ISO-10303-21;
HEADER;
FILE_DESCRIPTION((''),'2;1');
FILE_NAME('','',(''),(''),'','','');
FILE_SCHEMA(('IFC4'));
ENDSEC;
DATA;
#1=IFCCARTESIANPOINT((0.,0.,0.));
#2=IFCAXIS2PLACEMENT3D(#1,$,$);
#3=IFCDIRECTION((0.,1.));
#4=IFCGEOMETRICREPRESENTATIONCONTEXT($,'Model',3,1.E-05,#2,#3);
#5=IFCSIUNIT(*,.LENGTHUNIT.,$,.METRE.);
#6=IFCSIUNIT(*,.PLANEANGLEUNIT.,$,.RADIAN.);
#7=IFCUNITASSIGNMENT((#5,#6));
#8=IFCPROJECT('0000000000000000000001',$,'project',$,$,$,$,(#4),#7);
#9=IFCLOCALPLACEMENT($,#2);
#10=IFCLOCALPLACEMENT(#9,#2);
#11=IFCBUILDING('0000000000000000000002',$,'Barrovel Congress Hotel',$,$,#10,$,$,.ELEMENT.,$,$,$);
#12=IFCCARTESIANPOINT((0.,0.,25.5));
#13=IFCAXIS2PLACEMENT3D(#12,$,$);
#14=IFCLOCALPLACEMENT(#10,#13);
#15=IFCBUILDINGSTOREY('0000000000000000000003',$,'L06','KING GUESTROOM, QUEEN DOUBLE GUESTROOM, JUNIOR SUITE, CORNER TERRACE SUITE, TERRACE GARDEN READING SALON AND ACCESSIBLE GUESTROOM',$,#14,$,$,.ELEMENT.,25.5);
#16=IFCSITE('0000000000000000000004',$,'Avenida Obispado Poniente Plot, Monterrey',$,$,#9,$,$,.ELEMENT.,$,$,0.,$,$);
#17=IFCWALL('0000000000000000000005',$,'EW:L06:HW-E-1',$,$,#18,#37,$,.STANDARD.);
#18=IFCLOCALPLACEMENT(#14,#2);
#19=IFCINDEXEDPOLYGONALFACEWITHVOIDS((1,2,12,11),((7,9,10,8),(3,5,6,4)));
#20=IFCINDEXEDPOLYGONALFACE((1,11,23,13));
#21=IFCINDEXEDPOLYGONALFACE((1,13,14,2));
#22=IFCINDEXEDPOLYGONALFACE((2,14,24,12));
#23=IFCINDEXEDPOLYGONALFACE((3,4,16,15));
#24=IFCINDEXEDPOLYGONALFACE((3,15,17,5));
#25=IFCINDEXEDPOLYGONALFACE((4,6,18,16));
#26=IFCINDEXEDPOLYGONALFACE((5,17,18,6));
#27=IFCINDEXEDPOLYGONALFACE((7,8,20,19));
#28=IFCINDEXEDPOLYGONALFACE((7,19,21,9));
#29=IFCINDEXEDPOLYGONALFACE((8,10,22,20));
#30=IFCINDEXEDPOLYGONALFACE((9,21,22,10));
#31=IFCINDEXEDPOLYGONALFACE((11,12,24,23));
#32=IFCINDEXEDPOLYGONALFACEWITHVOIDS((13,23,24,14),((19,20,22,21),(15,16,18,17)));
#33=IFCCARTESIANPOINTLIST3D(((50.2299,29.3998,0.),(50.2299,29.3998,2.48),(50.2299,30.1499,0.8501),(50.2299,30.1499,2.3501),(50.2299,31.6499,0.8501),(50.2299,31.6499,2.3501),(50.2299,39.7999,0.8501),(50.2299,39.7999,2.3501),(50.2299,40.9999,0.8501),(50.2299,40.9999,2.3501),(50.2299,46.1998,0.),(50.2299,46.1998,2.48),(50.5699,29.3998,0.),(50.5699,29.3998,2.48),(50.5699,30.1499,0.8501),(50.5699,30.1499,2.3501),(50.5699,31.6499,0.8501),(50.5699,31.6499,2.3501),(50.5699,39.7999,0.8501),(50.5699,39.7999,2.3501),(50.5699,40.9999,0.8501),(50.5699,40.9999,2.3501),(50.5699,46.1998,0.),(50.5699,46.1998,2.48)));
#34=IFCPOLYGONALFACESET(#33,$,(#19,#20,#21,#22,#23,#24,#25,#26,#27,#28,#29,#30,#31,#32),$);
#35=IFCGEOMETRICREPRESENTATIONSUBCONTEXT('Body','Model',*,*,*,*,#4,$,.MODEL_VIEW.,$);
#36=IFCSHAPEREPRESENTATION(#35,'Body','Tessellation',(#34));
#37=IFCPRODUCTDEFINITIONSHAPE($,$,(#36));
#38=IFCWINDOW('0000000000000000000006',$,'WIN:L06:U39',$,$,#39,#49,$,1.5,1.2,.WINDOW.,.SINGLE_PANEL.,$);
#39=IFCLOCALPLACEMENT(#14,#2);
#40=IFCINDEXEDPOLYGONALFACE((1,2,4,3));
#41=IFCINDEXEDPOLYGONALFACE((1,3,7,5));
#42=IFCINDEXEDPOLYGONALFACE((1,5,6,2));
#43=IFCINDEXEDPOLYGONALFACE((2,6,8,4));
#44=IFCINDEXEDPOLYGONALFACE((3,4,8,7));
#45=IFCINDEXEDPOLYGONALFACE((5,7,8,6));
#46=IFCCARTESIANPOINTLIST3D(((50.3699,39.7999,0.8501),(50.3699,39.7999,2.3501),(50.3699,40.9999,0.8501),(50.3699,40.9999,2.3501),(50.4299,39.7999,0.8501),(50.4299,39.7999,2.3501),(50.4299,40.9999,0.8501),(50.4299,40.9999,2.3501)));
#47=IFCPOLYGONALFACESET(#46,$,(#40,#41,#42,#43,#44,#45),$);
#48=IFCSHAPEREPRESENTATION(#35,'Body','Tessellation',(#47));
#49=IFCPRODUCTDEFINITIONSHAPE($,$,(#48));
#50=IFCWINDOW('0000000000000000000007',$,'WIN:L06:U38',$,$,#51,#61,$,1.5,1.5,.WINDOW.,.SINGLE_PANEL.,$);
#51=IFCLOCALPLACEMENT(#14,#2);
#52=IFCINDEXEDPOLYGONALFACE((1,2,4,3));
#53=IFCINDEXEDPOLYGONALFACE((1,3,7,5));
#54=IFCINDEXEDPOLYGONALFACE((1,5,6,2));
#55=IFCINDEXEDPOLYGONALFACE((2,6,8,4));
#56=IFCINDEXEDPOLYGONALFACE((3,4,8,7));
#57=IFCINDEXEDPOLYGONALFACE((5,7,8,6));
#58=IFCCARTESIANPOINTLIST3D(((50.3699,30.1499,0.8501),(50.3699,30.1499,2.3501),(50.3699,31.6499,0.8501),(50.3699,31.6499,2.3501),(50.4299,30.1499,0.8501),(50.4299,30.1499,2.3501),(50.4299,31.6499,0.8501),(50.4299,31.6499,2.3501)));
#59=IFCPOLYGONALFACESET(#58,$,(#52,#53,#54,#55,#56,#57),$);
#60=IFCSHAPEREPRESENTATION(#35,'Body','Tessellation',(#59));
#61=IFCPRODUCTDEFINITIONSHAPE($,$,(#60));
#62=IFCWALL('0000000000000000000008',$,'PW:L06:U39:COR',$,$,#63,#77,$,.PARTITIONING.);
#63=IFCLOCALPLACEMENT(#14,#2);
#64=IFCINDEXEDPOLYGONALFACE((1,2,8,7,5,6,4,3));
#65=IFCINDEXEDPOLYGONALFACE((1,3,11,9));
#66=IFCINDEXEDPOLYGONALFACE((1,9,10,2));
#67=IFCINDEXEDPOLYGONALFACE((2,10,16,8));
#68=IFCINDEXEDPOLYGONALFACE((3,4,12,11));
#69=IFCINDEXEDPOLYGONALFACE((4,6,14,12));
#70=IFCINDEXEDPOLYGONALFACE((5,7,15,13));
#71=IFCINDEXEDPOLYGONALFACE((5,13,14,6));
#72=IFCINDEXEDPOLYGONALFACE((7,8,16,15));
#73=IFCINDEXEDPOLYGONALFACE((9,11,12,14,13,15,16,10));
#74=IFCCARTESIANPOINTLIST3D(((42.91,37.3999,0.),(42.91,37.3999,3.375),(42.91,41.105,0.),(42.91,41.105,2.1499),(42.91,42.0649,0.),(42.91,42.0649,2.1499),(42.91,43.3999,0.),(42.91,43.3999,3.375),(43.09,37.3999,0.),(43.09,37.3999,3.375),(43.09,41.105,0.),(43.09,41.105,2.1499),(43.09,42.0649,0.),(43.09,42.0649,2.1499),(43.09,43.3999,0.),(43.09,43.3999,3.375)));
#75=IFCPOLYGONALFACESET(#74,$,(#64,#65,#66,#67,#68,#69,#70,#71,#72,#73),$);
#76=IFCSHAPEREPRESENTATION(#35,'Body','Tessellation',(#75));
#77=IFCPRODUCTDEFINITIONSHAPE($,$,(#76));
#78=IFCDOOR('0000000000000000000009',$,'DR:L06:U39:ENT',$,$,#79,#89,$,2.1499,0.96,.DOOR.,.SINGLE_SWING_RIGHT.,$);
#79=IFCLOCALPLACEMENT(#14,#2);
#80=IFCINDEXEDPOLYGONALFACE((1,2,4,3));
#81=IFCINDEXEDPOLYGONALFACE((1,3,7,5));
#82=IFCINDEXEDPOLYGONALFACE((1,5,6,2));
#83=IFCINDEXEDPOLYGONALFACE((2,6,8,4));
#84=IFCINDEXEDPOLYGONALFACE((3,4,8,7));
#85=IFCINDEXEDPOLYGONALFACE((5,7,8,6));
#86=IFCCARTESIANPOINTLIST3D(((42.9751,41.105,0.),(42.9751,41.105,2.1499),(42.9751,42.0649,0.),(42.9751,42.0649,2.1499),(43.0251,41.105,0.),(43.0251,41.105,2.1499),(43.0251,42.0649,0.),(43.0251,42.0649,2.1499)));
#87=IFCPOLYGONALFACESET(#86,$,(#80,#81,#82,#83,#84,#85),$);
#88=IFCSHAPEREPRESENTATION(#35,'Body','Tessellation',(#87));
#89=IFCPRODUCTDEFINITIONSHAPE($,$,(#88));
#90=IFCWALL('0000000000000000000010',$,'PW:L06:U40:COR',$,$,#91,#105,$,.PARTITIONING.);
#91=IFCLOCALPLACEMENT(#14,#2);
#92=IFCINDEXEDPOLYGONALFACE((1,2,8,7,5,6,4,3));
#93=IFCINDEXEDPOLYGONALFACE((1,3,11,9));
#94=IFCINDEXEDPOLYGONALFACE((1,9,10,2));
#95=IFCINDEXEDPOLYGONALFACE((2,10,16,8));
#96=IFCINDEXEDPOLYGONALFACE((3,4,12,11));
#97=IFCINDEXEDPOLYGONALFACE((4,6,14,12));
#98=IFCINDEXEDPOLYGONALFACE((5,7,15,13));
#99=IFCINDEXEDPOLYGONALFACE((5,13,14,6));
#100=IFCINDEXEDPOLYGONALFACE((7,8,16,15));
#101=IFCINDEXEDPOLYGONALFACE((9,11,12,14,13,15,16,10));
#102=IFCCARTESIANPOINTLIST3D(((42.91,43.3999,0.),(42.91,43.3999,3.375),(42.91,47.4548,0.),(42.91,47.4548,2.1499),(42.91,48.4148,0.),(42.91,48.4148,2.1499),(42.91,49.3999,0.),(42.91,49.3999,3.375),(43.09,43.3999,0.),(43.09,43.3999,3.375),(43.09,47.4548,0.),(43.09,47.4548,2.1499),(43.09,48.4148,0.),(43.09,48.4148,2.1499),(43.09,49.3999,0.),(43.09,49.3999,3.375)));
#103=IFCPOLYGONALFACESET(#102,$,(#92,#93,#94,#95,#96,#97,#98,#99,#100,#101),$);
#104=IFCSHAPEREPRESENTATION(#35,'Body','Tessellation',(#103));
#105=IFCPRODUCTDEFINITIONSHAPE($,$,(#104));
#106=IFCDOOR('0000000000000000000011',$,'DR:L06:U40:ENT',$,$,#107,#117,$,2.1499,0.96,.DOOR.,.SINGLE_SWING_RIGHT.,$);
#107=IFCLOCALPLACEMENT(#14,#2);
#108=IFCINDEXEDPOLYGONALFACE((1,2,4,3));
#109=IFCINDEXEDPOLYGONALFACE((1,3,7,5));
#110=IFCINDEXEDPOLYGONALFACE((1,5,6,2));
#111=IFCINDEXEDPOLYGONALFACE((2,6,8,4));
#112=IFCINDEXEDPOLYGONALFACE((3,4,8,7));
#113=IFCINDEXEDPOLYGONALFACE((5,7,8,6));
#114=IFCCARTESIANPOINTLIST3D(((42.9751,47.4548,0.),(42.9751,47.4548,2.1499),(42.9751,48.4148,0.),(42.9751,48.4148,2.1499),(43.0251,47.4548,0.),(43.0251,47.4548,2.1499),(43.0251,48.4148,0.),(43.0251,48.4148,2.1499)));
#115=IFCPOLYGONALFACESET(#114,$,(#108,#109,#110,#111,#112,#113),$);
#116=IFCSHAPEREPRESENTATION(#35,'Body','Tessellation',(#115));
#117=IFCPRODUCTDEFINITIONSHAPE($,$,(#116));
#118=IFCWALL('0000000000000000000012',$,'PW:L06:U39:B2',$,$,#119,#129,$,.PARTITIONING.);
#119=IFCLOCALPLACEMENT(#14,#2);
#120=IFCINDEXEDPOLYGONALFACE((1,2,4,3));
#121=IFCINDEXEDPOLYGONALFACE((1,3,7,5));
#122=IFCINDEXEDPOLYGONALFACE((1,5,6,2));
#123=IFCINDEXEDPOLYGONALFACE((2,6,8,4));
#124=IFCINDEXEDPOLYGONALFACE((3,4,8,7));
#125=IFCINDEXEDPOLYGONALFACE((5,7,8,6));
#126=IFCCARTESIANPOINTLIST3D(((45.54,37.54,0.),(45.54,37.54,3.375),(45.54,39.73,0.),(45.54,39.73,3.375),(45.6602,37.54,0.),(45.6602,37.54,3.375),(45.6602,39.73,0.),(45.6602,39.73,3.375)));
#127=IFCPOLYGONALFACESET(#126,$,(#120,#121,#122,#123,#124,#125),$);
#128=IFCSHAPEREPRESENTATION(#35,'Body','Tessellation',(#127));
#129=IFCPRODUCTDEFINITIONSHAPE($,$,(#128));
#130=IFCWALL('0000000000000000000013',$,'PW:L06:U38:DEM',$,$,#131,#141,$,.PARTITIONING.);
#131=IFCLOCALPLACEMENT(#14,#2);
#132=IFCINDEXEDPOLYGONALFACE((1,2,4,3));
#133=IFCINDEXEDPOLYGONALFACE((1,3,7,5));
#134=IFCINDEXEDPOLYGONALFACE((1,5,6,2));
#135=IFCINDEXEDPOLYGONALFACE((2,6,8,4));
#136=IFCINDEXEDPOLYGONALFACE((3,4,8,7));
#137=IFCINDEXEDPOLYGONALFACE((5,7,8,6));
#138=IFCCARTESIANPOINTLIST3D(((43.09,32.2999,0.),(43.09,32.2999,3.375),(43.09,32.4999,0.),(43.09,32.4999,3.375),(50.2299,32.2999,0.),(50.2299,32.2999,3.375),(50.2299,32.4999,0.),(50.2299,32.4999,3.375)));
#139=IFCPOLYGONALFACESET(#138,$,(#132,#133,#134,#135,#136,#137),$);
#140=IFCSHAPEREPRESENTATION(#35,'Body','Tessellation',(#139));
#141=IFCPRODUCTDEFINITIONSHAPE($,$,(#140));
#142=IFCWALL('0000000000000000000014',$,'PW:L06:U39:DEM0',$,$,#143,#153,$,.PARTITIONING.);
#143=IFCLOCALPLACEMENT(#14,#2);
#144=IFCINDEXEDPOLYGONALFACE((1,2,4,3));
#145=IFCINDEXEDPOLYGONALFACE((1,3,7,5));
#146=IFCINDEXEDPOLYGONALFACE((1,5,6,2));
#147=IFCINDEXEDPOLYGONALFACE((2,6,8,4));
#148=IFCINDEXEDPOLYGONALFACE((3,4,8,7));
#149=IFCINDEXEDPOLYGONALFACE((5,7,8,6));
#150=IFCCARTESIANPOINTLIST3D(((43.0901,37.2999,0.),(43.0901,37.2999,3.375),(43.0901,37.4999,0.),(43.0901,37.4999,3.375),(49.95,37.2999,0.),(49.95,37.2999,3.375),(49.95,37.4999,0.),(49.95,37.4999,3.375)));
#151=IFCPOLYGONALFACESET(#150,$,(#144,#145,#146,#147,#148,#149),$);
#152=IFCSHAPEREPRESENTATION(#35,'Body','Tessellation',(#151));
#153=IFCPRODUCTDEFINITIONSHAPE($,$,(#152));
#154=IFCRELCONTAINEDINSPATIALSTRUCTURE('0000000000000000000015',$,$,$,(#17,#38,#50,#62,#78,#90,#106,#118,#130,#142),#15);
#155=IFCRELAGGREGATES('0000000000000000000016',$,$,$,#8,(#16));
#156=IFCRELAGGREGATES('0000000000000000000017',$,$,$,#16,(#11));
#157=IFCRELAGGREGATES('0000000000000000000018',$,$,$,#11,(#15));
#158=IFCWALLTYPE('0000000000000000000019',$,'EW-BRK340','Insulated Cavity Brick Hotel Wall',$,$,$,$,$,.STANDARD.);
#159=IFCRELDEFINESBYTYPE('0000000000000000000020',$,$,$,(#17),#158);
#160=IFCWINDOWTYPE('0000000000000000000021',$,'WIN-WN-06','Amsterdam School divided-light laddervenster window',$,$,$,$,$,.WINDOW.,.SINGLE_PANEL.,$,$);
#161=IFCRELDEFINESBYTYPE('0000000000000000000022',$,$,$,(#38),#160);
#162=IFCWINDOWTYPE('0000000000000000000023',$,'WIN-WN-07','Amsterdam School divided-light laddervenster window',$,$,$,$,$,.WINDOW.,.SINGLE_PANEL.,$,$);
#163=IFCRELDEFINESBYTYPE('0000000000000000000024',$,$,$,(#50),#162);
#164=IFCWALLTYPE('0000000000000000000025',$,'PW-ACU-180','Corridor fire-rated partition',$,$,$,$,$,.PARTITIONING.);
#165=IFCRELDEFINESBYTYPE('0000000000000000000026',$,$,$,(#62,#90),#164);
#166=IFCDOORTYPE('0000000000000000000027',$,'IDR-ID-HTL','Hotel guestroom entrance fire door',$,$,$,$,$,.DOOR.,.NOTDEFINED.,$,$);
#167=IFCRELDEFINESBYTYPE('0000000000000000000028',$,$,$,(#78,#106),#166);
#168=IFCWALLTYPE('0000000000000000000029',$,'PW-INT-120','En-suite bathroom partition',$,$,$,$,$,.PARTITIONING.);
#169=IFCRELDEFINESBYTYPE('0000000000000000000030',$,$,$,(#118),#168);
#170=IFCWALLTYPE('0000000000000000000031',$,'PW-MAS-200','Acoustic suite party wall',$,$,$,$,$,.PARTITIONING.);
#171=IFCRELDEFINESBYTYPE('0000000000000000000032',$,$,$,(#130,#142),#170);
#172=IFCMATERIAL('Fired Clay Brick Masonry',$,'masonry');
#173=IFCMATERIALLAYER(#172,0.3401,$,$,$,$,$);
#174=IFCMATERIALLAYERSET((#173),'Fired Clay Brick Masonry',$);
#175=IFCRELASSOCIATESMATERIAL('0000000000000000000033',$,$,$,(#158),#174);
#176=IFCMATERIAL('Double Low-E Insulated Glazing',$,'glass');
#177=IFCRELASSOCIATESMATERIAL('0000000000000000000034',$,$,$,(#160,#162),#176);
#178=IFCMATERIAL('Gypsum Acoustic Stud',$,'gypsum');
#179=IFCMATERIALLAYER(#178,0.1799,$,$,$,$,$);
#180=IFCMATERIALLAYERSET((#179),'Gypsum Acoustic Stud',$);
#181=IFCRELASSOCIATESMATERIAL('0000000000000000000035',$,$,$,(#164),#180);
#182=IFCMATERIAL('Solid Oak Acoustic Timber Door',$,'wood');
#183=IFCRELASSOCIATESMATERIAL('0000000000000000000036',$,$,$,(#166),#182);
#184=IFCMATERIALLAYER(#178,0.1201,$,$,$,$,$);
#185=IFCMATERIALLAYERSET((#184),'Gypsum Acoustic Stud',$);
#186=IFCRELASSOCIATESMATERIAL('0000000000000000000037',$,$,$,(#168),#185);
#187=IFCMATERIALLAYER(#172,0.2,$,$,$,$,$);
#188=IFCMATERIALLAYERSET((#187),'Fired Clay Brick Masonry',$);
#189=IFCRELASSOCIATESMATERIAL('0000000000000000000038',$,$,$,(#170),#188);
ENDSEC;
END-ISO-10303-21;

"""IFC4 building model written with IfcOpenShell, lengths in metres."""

from ifc_helpers import new_model, si_unit, direction, frame, frame_2d, origin, place, context, subcontext, project, spatial, rectangle, extrude, material, layer, layer_set, type_object, element, fill, save


model = new_model("IFC4")

# Units and contexts
model_context = context("Model", 3, precision=1e-05, world=origin(), true_north=direction((0.0, 1.0)))
body_context = subcontext(model_context, "Body", "Model", "MODEL_VIEW")
ifc_project = project(units=[si_unit("LENGTHUNIT", "METRE"), si_unit("PLANEANGLEUNIT", "RADIAN")], contexts=[model_context])

# Site, building, storey
site_placement = place(None, origin())
site = spatial("IfcSite", under=ifc_project, at=site_placement, Name="Avenida Obispado Poniente Plot, Monterrey", CompositionType="ELEMENT", RefElevation=0.0)
building_placement = place(site_placement, origin())
building = spatial("IfcBuilding", under=site, at=building_placement, Name="Barrovel Congress Hotel", CompositionType="ELEMENT")
storey_placement = place(building_placement, frame((0.0, 0.0, 25.5)))
storey = spatial("IfcBuildingStorey", under=building, at=storey_placement, Name="L06", Description="KING GUESTROOM, QUEEN DOUBLE GUESTROOM, JUNIOR SUITE, CORNER TERRACE SUITE, TERRACE GARDEN READING SALON AND ACCESSIBLE GUESTROOM", CompositionType="ELEMENT", Elevation=25.5)

# Wall, openings, windows
ifc_material_1 = material(Name="Fired Clay Brick Masonry", Category="masonry")
ifc_layer_1 = layer(ifc_material_1, 0.3401)
ifc_layer_set_1 = layer_set([ifc_layer_1], Name="Fired Clay Brick Masonry")
wall_type_1 = type_object("IfcWallType", Name="EW-BRK340", Description="Insulated Cavity Brick Hotel Wall", PredefinedType="STANDARD", material=ifc_layer_set_1)
wall_1_placement = place(storey_placement, frame((50.3999, 29.3999, 0.0), z_axis=(0.0, 0.0, 1.0), x_axis=(0.0, 1.0, 0.0)))
wall_1 = element("IfcWall", 1, at=wall_1_placement, inside=storey, type_object=wall_type_1, Name="EW:L06:HW-E-1", PredefinedType="STANDARD", context=body_context, shape_type="SweptSolid", body=[
    extrude(rectangle(XDim=16.8, YDim=0.3401, at=frame_2d((8.3999, 0.0))), origin(), (0.0, 0.0, 1.0), 2.48),
])
opening_1_placement = place(wall_1_placement, frame((0.75, 0.0, 0.8501)))
opening_1 = element("IfcOpeningElement", 2, at=opening_1_placement, cuts=wall_1, PredefinedType="OPENING", context=body_context, shape_type="SweptSolid", body=[
    extrude(rectangle(XDim=1.5, YDim=1.5, at=frame_2d((0.75, 0.75))), frame((0.0, 0.1802, 0.0), z_axis=(0.0, -1.0, 0.0), x_axis=(1.0, 0.0, 0.0)), (0.0, 0.0, 1.0), 0.3601),
])
opening_2_placement = place(wall_1_placement, frame((10.3999, 0.0, 0.8501)))
opening_2 = element("IfcOpeningElement", 3, at=opening_2_placement, cuts=wall_1, PredefinedType="OPENING", context=body_context, shape_type="SweptSolid", body=[
    extrude(rectangle(XDim=1.2, YDim=1.5, at=frame_2d((0.6001, 0.75))), frame((0.0, 0.1802, 0.0), z_axis=(0.0, -1.0, 0.0), x_axis=(1.0, 0.0, 0.0)), (0.0, 0.0, 1.0), 0.3601),
])
ifc_material_2 = material(Name="Double Low-E Insulated Glazing", Category="glass")
window_type_1 = type_object("IfcWindowType", Name="WIN-WN-06", Description="Amsterdam School divided-light laddervenster window", PartitioningType="SINGLE_PANEL", PredefinedType="WINDOW", material=ifc_material_2)
window_1_placement = place(opening_2_placement, origin())
window_1 = element("IfcWindow", 4, at=window_1_placement, inside=storey, type_object=window_type_1, Name="WIN:L06:U39", OverallHeight=1.5, OverallWidth=1.2, PartitioningType="SINGLE_PANEL", PredefinedType="WINDOW", context=body_context, shape_type="SweptSolid", body=[
    extrude(rectangle(XDim=1.2, YDim=1.5, at=frame_2d((0.6001, 0.75))), frame((0.0, 0.03, 0.0), z_axis=(0.0, -1.0, 0.0), x_axis=(1.0, 0.0, 0.0)), (0.0, 0.0, 1.0), 0.0601),
])
fill(opening_2, window_1)
window_type_2 = type_object("IfcWindowType", Name="WIN-WN-07", Description="Amsterdam School divided-light laddervenster window", PartitioningType="SINGLE_PANEL", PredefinedType="WINDOW", material=ifc_material_2)
window_2_placement = place(opening_1_placement, origin())
window_2 = element("IfcWindow", 5, at=window_2_placement, inside=storey, type_object=window_type_2, Name="WIN:L06:U38", OverallHeight=1.5, OverallWidth=1.5, PartitioningType="SINGLE_PANEL", PredefinedType="WINDOW", context=body_context, shape_type="SweptSolid", body=[
    extrude(rectangle(XDim=1.5, YDim=1.5, at=frame_2d((0.75, 0.75))), frame((0.0, 0.03, 0.0), z_axis=(0.0, -1.0, 0.0), x_axis=(1.0, 0.0, 0.0)), (0.0, 0.0, 1.0), 0.0601),
])
fill(opening_1, window_2)

# Walls, openings, doors
ifc_material_3 = material(Name="Gypsum Acoustic Stud", Category="gypsum")
ifc_layer_2 = layer(ifc_material_3, 0.1799)
ifc_layer_set_2 = layer_set([ifc_layer_2], Name="Gypsum Acoustic Stud")
wall_type_2 = type_object("IfcWallType", Name="PW-ACU-180", Description="Corridor fire-rated partition", PredefinedType="PARTITIONING", material=ifc_layer_set_2)
wall_2_placement = place(storey_placement, frame((43.0, 37.3999, 0.0), z_axis=(0.0, 0.0, 1.0), x_axis=(0.0, 1.0, 0.0)))
wall_2 = element("IfcWall", 6, at=wall_2_placement, inside=storey, type_object=wall_type_2, Name="PW:L06:U39:COR", PredefinedType="PARTITIONING", context=body_context, shape_type="SweptSolid", body=[
    extrude(rectangle(XDim=6.0, YDim=0.1799, at=frame_2d((3.0, 0.0))), origin(), (0.0, 0.0, 1.0), 3.375),
])
opening_3_placement = place(wall_2_placement, frame((3.7051, 0.0, 0.0)))
opening_3 = element("IfcOpeningElement", 7, at=opening_3_placement, cuts=wall_2, PredefinedType="OPENING", context=body_context, shape_type="SweptSolid", body=[
    extrude(rectangle(XDim=0.96, YDim=2.1499, at=frame_2d((0.48, 1.075))), frame((0.0, 0.1001, 0.0), z_axis=(0.0, -1.0, 0.0), x_axis=(1.0, 0.0, 0.0)), (0.0, 0.0, 1.0), 0.2),
])
ifc_material_4 = material(Name="Solid Oak Acoustic Timber Door", Category="wood")
door_type_1 = type_object("IfcDoorType", Name="IDR-ID-HTL", Description="Hotel guestroom entrance fire door", OperationType="NOTDEFINED", PredefinedType="DOOR", material=ifc_material_4)
door_1_placement = place(opening_3_placement, origin())
door_1 = element("IfcDoor", 8, at=door_1_placement, inside=storey, type_object=door_type_1, Name="DR:L06:U39:ENT", OperationType="SINGLE_SWING_RIGHT", OverallHeight=2.1499, OverallWidth=0.96, PredefinedType="DOOR", context=body_context, shape_type="SweptSolid", body=[
    extrude(rectangle(XDim=0.96, YDim=2.1499, at=frame_2d((0.48, 1.075))), frame((0.0, 0.0249, 0.0), z_axis=(0.0, -1.0, 0.0), x_axis=(1.0, 0.0, 0.0)), (0.0, 0.0, 1.0), 0.05),
])
fill(opening_3, door_1)
wall_3_placement = place(storey_placement, frame((43.0, 43.3999, 0.0), z_axis=(0.0, 0.0, 1.0), x_axis=(0.0, 1.0, 0.0)))
wall_3 = element("IfcWall", 9, at=wall_3_placement, inside=storey, type_object=wall_type_2, Name="PW:L06:U40:COR", PredefinedType="PARTITIONING", context=body_context, shape_type="SweptSolid", body=[
    extrude(rectangle(XDim=6.0, YDim=0.1799, at=frame_2d((3.0, 0.0))), origin(), (0.0, 0.0, 1.0), 3.375),
])
opening_4_placement = place(wall_3_placement, frame((4.0549, 0.0, 0.0)))
opening_4 = element("IfcOpeningElement", 10, at=opening_4_placement, cuts=wall_3, PredefinedType="OPENING", context=body_context, shape_type="SweptSolid", body=[
    extrude(rectangle(XDim=0.96, YDim=2.1499, at=frame_2d((0.48, 1.075))), frame((0.0, 0.1001, 0.0), z_axis=(0.0, -1.0, 0.0), x_axis=(1.0, 0.0, 0.0)), (0.0, 0.0, 1.0), 0.2),
])
door_2_placement = place(opening_4_placement, origin())
door_2 = element("IfcDoor", 11, at=door_2_placement, inside=storey, type_object=door_type_1, Name="DR:L06:U40:ENT", OperationType="SINGLE_SWING_RIGHT", OverallHeight=2.1499, OverallWidth=0.96, PredefinedType="DOOR", context=body_context, shape_type="SweptSolid", body=[
    extrude(rectangle(XDim=0.96, YDim=2.1499, at=frame_2d((0.48, 1.075))), frame((0.0, 0.0249, 0.0), z_axis=(0.0, -1.0, 0.0), x_axis=(1.0, 0.0, 0.0)), (0.0, 0.0, 1.0), 0.05),
])
fill(opening_4, door_2)

# Walls
ifc_layer_3 = layer(ifc_material_3, 0.1201)
ifc_layer_set_3 = layer_set([ifc_layer_3], Name="Gypsum Acoustic Stud")
wall_type_3 = type_object("IfcWallType", Name="PW-INT-120", Description="En-suite bathroom partition", PredefinedType="PARTITIONING", material=ifc_layer_set_3)
wall_4_placement = place(storey_placement, frame((45.6001, 37.54, 0.0), z_axis=(0.0, 0.0, 1.0), x_axis=(0.0, 1.0, 0.0)))
element("IfcWall", 12, at=wall_4_placement, inside=storey, type_object=wall_type_3, Name="PW:L06:U39:B2", PredefinedType="PARTITIONING", context=body_context, shape_type="SweptSolid", body=[
    extrude(rectangle(XDim=2.1899, YDim=0.1201, at=frame_2d((1.095, 0.0))), origin(), (0.0, 0.0, 1.0), 3.375),
])
ifc_layer_4 = layer(ifc_material_1, 0.2)
ifc_layer_set_4 = layer_set([ifc_layer_4], Name="Fired Clay Brick Masonry")
wall_type_4 = type_object("IfcWallType", Name="PW-MAS-200", Description="Acoustic suite party wall", PredefinedType="PARTITIONING", material=ifc_layer_set_4)
wall_5_placement = place(storey_placement, frame((43.0901, 32.3999, 0.0), z_axis=(0.0, 0.0, 1.0), x_axis=(1.0, 0.0, 0.0)))
element("IfcWall", 13, at=wall_5_placement, inside=storey, type_object=wall_type_4, Name="PW:L06:U38:DEM", PredefinedType="PARTITIONING", context=body_context, shape_type="SweptSolid", body=[
    extrude(rectangle(XDim=7.1399, YDim=0.2, at=frame_2d((3.5698, 0.0))), origin(), (0.0, 0.0, 1.0), 3.375),
])
wall_6_placement = place(storey_placement, frame((43.0901, 37.3999, 0.0), z_axis=(0.0, 0.0, 1.0), x_axis=(1.0, 0.0, 0.0)))
element("IfcWall", 14, at=wall_6_placement, inside=storey, type_object=wall_type_4, Name="PW:L06:U39:DEM0", PredefinedType="PARTITIONING", context=body_context, shape_type="SweptSolid", body=[
    extrude(rectangle(XDim=6.8599, YDim=0.2, at=frame_2d((3.4299, 0.0))), origin(), (0.0, 0.0, 1.0), 3.375),
])

save(model, "model.ifc")
